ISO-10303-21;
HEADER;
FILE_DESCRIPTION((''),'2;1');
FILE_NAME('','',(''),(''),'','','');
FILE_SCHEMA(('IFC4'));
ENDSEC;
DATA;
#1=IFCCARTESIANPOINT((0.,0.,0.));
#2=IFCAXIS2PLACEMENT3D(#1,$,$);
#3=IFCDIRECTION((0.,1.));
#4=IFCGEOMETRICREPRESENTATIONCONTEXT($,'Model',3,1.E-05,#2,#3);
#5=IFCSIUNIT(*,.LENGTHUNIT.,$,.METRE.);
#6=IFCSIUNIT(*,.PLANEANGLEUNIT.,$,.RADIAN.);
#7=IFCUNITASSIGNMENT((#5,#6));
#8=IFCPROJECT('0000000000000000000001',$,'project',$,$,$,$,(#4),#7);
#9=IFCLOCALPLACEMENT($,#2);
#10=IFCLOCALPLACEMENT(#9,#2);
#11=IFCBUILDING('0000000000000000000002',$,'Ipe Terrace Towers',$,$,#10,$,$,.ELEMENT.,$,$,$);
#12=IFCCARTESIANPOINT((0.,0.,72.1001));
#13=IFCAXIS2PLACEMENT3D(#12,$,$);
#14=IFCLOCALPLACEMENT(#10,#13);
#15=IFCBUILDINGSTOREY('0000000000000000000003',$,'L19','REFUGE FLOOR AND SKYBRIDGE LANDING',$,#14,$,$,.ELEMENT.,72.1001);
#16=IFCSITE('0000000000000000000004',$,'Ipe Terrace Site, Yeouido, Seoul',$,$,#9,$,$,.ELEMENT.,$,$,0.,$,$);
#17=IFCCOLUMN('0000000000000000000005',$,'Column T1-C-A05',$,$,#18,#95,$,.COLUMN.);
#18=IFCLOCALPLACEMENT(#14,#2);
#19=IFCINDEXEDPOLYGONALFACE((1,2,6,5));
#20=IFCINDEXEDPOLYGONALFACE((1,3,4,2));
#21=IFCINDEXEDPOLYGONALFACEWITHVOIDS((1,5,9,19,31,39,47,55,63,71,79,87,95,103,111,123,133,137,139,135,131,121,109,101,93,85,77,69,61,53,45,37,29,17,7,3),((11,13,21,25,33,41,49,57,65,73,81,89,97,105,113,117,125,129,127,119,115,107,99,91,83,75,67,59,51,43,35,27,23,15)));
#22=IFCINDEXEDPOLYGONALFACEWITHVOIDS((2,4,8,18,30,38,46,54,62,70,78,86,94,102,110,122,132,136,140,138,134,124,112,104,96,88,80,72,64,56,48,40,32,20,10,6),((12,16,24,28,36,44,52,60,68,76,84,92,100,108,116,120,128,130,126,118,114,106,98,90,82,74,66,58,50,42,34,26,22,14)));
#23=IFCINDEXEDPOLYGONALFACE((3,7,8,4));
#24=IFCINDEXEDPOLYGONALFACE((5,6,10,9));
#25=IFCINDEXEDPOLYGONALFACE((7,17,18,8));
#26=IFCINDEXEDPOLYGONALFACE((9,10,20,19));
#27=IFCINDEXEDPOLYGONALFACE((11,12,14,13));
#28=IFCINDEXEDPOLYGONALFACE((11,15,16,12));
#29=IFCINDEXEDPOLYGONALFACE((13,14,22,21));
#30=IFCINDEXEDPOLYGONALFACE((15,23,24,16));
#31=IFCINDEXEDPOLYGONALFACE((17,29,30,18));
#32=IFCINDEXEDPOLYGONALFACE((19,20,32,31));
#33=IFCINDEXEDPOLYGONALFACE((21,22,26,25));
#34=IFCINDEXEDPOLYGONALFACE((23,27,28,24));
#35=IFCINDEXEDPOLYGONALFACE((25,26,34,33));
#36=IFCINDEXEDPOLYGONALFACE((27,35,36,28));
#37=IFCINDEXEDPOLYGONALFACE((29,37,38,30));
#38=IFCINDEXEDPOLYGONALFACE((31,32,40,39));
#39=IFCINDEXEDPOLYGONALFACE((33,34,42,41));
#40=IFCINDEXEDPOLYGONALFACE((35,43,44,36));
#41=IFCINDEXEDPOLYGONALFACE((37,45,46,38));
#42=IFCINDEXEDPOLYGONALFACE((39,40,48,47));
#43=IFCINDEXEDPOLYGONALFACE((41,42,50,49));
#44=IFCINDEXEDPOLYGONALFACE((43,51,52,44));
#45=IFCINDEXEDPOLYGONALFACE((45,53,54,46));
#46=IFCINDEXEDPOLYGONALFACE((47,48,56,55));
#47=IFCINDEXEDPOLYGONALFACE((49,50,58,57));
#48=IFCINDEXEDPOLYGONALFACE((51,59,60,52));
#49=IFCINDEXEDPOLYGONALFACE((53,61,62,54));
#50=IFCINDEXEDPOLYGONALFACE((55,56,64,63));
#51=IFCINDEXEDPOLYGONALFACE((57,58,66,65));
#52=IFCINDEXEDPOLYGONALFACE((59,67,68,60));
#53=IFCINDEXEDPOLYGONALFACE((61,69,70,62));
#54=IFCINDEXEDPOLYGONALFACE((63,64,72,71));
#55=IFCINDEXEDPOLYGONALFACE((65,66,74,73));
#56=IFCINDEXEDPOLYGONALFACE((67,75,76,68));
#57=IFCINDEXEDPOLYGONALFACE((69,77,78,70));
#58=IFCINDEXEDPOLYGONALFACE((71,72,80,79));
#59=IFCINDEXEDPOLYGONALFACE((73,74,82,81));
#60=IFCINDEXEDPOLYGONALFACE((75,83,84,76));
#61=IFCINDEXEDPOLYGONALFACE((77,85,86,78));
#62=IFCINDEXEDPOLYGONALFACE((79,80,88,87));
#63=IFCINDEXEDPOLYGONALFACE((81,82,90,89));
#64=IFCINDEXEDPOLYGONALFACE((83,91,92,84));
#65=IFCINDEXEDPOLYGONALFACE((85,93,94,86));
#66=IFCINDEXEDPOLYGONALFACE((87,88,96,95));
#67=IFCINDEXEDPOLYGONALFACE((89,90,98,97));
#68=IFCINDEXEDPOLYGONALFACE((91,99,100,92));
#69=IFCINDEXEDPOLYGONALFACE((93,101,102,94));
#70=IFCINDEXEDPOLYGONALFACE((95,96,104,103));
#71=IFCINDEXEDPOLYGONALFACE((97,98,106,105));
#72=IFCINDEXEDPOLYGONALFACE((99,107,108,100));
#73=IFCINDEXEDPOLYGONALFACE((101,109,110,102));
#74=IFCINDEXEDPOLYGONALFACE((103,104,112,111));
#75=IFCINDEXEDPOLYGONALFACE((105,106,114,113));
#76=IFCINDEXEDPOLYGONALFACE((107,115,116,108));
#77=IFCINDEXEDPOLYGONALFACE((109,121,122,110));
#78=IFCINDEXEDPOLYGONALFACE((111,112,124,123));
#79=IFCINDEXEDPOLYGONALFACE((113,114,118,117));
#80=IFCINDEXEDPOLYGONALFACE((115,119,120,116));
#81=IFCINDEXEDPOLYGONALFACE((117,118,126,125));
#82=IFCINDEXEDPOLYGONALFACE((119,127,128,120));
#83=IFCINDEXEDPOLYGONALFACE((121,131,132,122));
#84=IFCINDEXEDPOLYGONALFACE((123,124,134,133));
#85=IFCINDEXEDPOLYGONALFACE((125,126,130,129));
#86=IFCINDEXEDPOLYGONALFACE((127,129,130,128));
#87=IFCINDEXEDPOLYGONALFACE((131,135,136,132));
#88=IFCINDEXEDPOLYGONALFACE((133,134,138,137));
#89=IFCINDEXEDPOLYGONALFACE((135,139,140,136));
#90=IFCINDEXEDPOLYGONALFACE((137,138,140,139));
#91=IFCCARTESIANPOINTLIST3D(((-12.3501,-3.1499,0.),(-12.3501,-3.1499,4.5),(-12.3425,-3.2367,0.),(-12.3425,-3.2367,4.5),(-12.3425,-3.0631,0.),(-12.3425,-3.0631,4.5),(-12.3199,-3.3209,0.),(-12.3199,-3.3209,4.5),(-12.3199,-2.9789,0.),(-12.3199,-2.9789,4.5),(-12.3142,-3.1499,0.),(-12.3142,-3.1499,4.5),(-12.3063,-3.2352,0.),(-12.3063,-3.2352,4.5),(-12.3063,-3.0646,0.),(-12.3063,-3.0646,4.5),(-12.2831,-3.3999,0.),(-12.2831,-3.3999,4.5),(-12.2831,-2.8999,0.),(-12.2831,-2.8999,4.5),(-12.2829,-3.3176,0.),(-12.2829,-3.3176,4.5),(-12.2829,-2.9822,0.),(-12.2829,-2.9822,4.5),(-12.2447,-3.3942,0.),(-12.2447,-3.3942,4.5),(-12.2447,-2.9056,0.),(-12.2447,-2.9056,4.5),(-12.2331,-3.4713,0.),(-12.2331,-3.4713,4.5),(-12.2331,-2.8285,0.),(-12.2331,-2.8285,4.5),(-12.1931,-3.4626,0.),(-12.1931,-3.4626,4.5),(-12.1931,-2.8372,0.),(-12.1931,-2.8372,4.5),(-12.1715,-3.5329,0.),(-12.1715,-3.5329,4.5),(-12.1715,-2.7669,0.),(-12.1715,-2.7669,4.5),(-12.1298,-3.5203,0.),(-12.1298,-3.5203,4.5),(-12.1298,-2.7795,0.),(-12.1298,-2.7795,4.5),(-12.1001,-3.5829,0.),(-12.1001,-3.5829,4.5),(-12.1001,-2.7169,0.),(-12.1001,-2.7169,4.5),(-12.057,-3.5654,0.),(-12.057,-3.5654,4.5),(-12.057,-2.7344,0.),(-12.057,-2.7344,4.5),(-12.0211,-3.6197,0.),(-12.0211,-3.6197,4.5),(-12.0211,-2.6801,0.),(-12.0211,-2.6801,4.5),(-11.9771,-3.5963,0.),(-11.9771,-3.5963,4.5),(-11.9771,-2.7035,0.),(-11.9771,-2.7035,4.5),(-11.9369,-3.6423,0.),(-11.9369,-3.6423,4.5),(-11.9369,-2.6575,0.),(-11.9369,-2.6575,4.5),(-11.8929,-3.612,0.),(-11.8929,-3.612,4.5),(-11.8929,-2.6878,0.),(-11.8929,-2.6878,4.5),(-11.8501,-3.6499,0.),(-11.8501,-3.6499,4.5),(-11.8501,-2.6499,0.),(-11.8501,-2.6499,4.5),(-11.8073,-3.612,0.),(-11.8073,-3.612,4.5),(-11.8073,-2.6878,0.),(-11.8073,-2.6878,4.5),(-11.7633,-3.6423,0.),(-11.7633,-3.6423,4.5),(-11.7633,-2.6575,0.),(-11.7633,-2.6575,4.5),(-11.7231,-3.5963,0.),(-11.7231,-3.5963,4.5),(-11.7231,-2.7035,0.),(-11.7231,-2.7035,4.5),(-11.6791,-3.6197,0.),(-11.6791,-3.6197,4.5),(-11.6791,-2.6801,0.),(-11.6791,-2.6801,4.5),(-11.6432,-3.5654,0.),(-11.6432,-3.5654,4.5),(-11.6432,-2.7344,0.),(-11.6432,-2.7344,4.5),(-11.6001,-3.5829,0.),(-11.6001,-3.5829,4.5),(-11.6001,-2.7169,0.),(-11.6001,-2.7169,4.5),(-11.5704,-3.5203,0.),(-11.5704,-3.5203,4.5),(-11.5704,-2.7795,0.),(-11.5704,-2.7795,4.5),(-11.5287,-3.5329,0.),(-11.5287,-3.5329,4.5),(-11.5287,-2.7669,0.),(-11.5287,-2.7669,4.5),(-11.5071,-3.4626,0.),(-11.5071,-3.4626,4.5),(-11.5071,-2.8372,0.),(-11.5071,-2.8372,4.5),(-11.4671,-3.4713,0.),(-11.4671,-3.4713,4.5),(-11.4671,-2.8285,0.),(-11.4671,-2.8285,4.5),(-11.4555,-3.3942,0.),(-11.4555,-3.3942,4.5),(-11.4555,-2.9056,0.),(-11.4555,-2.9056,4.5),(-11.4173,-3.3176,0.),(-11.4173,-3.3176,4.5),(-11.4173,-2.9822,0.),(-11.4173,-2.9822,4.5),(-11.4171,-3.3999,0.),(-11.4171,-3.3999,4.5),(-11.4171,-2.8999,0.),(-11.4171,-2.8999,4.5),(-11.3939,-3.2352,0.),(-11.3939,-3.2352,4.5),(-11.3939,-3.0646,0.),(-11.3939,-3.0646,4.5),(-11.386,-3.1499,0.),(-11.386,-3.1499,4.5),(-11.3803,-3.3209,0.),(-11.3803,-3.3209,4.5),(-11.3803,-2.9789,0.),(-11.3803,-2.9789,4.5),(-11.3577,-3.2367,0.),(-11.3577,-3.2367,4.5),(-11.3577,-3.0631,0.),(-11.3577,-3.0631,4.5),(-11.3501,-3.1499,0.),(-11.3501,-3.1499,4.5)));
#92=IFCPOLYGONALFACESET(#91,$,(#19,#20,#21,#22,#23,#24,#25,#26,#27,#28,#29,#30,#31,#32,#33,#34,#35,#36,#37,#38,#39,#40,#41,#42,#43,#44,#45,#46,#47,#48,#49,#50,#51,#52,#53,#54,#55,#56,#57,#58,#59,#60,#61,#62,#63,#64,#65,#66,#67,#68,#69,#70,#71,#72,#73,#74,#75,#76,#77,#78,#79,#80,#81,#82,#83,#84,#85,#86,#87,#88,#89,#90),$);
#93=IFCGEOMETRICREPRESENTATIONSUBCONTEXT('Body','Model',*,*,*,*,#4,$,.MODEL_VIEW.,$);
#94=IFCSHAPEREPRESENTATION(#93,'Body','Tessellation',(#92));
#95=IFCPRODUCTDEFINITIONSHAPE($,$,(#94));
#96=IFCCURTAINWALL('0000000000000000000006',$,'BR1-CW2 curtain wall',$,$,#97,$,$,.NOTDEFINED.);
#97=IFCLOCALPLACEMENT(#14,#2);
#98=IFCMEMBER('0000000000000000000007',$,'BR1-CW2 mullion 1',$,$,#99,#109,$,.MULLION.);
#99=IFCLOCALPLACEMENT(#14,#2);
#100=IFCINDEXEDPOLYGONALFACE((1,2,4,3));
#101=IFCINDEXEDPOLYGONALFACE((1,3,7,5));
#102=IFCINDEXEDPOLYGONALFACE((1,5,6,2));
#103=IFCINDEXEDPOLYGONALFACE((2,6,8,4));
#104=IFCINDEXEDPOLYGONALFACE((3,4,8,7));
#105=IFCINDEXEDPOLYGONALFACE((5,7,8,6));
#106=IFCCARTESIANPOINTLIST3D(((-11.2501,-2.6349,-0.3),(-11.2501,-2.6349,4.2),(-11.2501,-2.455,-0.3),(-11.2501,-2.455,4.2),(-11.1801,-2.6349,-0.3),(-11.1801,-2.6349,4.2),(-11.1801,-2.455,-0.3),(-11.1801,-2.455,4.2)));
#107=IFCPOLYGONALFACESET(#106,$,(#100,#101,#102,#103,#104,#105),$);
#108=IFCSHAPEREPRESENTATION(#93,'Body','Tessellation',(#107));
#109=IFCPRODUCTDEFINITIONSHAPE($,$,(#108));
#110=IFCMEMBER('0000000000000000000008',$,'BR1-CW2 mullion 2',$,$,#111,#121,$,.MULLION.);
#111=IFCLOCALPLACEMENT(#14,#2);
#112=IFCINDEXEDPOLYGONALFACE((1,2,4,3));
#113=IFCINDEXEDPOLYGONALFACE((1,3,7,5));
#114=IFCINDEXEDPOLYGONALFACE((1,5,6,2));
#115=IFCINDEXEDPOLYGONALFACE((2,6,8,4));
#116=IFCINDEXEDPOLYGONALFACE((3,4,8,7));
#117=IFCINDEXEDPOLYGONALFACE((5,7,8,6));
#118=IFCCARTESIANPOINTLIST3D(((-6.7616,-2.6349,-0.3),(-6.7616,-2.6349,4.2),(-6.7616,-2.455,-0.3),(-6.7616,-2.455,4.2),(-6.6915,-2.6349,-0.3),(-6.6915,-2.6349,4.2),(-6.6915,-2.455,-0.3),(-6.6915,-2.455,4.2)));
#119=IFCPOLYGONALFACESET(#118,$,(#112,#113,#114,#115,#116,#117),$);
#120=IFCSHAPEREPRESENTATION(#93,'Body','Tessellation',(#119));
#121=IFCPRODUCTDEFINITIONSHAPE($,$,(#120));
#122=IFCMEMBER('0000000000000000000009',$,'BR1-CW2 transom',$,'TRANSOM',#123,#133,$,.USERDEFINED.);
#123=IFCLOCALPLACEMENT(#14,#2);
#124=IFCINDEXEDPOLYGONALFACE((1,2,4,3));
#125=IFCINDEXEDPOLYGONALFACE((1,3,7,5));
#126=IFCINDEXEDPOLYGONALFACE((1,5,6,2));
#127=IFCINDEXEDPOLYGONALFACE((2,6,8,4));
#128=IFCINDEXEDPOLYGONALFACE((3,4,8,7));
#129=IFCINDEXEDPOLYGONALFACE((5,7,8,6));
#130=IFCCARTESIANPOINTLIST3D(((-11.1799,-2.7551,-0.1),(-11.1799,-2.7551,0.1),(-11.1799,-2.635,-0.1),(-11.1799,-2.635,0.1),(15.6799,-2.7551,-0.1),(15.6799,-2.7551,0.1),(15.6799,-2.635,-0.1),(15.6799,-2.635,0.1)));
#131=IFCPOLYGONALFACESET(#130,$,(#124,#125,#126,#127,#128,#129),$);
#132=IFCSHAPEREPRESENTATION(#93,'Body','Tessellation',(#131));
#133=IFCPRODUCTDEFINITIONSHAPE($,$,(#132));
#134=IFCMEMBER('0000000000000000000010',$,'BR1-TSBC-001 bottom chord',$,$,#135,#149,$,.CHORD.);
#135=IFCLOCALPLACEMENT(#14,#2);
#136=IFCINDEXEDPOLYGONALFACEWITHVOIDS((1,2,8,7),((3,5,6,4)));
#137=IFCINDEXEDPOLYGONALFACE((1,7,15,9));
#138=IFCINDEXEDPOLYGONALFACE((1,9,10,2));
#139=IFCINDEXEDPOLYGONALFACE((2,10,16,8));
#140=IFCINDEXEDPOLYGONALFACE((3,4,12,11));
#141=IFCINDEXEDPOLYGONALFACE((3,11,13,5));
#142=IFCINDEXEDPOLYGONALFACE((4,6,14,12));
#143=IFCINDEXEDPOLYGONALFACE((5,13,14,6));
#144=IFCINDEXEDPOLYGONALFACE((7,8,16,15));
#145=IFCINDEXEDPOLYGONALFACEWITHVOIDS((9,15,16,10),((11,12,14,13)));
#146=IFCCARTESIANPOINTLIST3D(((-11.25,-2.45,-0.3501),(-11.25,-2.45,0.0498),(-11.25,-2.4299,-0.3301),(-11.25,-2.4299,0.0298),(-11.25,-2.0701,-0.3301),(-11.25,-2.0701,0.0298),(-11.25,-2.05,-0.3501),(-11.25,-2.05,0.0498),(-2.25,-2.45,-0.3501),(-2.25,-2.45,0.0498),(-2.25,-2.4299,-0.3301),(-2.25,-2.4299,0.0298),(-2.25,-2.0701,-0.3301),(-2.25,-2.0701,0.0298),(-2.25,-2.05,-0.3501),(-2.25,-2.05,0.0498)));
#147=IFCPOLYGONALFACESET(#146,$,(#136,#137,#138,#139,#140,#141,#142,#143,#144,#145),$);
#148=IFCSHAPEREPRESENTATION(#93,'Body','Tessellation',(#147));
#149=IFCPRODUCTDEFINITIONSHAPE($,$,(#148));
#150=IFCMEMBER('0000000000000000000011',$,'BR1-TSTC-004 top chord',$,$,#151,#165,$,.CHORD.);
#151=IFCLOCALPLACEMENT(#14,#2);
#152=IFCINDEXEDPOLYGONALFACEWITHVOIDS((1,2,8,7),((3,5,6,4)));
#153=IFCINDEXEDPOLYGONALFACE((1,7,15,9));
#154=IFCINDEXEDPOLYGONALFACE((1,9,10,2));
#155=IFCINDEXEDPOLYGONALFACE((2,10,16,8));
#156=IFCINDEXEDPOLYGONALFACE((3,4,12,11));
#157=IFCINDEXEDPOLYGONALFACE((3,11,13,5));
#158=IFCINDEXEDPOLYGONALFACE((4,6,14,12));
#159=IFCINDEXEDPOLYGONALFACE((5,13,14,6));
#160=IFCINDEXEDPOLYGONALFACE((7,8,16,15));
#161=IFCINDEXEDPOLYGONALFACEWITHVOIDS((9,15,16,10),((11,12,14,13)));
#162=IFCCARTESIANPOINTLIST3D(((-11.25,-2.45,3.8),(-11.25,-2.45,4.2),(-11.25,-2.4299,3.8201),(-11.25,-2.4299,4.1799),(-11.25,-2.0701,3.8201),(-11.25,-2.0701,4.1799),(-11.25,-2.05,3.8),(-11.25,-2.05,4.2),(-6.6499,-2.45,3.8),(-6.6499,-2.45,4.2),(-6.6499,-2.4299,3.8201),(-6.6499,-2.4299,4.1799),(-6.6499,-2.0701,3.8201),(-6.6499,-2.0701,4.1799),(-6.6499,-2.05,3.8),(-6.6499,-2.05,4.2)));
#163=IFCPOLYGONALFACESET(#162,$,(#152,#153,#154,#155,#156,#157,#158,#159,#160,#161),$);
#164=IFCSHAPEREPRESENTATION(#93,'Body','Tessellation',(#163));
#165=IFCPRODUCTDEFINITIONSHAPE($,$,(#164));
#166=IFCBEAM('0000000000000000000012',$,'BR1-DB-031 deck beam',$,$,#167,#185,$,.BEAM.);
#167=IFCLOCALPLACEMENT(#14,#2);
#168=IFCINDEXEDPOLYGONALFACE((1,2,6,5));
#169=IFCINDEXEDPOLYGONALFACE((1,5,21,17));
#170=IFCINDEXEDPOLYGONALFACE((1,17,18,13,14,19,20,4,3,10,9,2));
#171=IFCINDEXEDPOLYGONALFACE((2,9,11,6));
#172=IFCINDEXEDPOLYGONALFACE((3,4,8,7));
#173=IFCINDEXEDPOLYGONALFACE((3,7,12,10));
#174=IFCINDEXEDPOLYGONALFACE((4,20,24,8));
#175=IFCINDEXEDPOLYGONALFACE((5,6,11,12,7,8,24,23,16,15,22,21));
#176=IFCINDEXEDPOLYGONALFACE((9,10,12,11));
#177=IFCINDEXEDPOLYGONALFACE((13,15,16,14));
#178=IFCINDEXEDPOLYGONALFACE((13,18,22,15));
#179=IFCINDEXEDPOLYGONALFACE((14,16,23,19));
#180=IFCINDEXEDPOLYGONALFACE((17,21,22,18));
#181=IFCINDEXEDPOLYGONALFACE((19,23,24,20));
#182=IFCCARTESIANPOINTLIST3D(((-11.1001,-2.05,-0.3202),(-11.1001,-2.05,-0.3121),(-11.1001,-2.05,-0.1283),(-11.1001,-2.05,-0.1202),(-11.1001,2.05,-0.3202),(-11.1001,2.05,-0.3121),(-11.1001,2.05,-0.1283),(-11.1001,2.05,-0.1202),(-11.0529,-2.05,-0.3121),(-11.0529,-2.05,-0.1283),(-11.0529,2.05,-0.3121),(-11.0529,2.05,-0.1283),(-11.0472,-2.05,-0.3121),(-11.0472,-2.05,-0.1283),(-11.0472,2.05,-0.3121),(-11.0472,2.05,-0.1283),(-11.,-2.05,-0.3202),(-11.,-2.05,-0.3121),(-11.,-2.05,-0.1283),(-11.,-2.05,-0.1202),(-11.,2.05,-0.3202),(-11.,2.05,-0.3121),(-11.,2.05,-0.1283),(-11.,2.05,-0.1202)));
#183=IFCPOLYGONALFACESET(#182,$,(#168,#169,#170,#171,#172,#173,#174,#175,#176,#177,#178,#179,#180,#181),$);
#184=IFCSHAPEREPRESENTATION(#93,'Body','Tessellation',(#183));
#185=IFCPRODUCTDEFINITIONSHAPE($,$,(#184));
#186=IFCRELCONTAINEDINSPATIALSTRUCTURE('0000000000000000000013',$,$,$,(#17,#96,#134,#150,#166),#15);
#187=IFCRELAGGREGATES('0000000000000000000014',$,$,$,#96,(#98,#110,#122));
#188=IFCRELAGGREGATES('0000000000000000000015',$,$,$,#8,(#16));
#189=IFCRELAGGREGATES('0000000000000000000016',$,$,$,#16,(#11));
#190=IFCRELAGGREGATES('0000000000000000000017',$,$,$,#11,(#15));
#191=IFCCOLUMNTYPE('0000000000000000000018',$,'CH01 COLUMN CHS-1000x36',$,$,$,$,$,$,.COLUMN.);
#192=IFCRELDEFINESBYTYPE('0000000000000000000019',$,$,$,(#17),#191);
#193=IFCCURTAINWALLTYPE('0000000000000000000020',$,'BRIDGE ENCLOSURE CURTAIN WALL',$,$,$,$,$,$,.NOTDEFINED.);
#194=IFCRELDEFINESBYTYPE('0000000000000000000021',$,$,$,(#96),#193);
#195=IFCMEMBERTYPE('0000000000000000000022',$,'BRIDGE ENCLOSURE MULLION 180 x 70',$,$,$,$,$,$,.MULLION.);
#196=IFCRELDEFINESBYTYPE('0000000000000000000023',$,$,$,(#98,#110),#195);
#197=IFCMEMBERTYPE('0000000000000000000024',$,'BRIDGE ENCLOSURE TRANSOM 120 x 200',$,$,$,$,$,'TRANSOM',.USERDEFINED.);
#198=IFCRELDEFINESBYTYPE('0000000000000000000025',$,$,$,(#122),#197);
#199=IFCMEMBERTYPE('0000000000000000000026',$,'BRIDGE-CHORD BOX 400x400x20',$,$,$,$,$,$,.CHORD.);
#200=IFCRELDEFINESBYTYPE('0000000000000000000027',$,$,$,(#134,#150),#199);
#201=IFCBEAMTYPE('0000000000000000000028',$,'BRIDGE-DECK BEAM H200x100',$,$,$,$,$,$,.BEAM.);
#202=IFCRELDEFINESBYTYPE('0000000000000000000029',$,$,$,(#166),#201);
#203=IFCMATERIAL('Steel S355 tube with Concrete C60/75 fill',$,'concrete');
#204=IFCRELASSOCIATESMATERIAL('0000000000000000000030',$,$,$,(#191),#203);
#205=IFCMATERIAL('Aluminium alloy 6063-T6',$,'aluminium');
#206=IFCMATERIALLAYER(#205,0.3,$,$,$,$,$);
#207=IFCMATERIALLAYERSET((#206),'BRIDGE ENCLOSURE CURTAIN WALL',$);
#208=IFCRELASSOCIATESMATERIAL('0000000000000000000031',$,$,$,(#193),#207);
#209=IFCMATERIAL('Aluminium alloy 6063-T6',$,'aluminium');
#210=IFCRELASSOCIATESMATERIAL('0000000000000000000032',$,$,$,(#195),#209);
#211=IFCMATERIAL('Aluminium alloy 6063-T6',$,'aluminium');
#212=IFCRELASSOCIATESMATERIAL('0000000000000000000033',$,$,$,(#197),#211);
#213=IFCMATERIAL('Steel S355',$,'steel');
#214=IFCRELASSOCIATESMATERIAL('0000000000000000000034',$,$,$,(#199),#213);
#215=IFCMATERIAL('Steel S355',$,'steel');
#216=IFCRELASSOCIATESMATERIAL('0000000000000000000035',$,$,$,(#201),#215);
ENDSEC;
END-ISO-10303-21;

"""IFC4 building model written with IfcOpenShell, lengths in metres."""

from ifc_helpers import new_model, si_unit, direction, frame, origin, origin_2d, place, context, subcontext, project, spatial, rectangle, hollow_rectangle, hollow_circle, i_section, extrude, material, layer, layer_set, material_profile, profile_set, type_object, element, aggregate, save


model = new_model("IFC4")

# Units and contexts
model_context = context("Model", 3, precision=1e-05, world=origin(), true_north=direction((0.0, 1.0)))
body_context = subcontext(model_context, "Body", "Model", "MODEL_VIEW")
ifc_project = project(units=[si_unit("LENGTHUNIT", "METRE"), si_unit("PLANEANGLEUNIT", "RADIAN")], contexts=[model_context])

# Site, building, storey
site_placement = place(None, origin())
site = spatial("IfcSite", under=ifc_project, at=site_placement, Name="Ipe Terrace Site, Yeouido, Seoul", CompositionType="ELEMENT", RefElevation=0.0)
building_placement = place(site_placement, origin())
building = spatial("IfcBuilding", under=site, at=building_placement, Name="Ipe Terrace Towers", CompositionType="ELEMENT")
storey_placement = place(building_placement, frame((0.0, 0.0, 72.1001)))
storey = spatial("IfcBuildingStorey", under=building, at=storey_placement, Name="L19", Description="REFUGE FLOOR AND SKYBRIDGE LANDING", CompositionType="ELEMENT", Elevation=72.1001)

# Column
ifc_material_1 = material(Name="Steel S355 tube with Concrete C60/75 fill", Category="concrete")
ifc_material_profile_1 = material_profile(ifc_material_1, hollow_circle(Radius=0.5, WallThickness=0.0359, at=origin_2d()), Name="CHS-1000x36")
ifc_profile_set_1 = profile_set([ifc_material_profile_1], Name="Steel S355 tube with Concrete C60/75 fill")
column_type = type_object("IfcColumnType", Name="CH01 COLUMN CHS-1000x36", PredefinedType="COLUMN", material=ifc_profile_set_1)
column_placement = place(storey_placement, frame((-11.8501, -3.1499, 0.0), z_axis=(0.0, 0.0, 1.0), x_axis=(1.0, 0.0, 0.0)))
element("IfcColumn", 1, at=column_placement, inside=storey, type_object=column_type, Name="Column T1-C-A05", PredefinedType="COLUMN", context=body_context, shape_type="SweptSolid", body=[
    extrude(hollow_circle(Radius=0.5, WallThickness=0.0359, at=origin_2d()), origin(), (0.0, 0.0, 1.0), 4.5),
])

# Curtain wall, members
ifc_material_2 = material(Name="Aluminium alloy 6063-T6", Category="aluminium")
ifc_layer_1 = layer(ifc_material_2, 0.3)
ifc_layer_set_1 = layer_set([ifc_layer_1], Name="BRIDGE ENCLOSURE CURTAIN WALL")
curtain_wall_type_1 = type_object("IfcCurtainWallType", Name="BRIDGE ENCLOSURE CURTAIN WALL", PredefinedType="NOTDEFINED", material=ifc_layer_set_1)
curtain_wall_1_placement = place(storey_placement, origin())
curtain_wall_1 = element("IfcCurtainWall", 2, at=curtain_wall_1_placement, inside=storey, type_object=curtain_wall_type_1, Name="BR1-CW2 curtain wall", PredefinedType="NOTDEFINED")
ifc_material_3 = material(Name="Aluminium alloy 6063-T6", Category="aluminium")
ifc_material_profile_2 = material_profile(ifc_material_3, rectangle(XDim=0.1799, YDim=0.0701, at=origin_2d()), Name="BRIDGE ENCLOSURE MULLION 180 x 70")
ifc_profile_set_2 = profile_set([ifc_material_profile_2], Name="Aluminium alloy 6063-T6")
member_type_1 = type_object("IfcMemberType", Name="BRIDGE ENCLOSURE MULLION 180 x 70", PredefinedType="MULLION", material=ifc_profile_set_2)
member_1_placement = place(storey_placement, frame((-11.2151, -2.5449, -0.3), z_axis=(0.0, 0.0, 1.0), x_axis=(0.0, -1.0, 0.0)))
member_1 = element("IfcMember", 3, at=member_1_placement, type_object=member_type_1, Name="BR1-CW2 mullion 1", PredefinedType="MULLION", context=body_context, shape_type="SweptSolid", body=[
    extrude(rectangle(XDim=0.1799, YDim=0.0701, at=origin_2d()), origin(), (0.0, 0.0, 1.0), 4.5),
])
member_2_placement = place(storey_placement, frame((-6.7266, -2.5449, -0.3), z_axis=(0.0, 0.0, 1.0), x_axis=(0.0, -1.0, 0.0)))
member_2 = element("IfcMember", 4, at=member_2_placement, type_object=member_type_1, Name="BR1-CW2 mullion 2", PredefinedType="MULLION", context=body_context, shape_type="SweptSolid", body=[
    extrude(rectangle(XDim=0.1799, YDim=0.0701, at=origin_2d()), origin(), (0.0, 0.0, 1.0), 4.5),
])
ifc_material_4 = material(Name="Aluminium alloy 6063-T6", Category="aluminium")
ifc_material_profile_3 = material_profile(ifc_material_4, rectangle(XDim=0.1201, YDim=0.2, at=origin_2d()), Name="BRIDGE ENCLOSURE TRANSOM 120 x 200")
ifc_profile_set_3 = profile_set([ifc_material_profile_3], Name="Aluminium alloy 6063-T6")
member_type_2 = type_object("IfcMemberType", Name="BRIDGE ENCLOSURE TRANSOM 120 x 200", ElementType="TRANSOM", PredefinedType="USERDEFINED", material=ifc_profile_set_3)
member_3_placement = place(storey_placement, frame((-11.1799, -2.6951, 0.0), z_axis=(1.0, 0.0, 0.0), x_axis=(0.0, -1.0, 0.0)))
member_3 = element("IfcMember", 5, at=member_3_placement, type_object=member_type_2, Name="BR1-CW2 transom", ObjectType="TRANSOM", PredefinedType="USERDEFINED", context=body_context, shape_type="SweptSolid", body=[
    extrude(rectangle(XDim=0.1201, YDim=0.2, at=origin_2d()), origin(), (0.0, 0.0, 1.0), 26.8599),
])

# Members
ifc_material_5 = material(Name="Steel S355", Category="steel")
ifc_material_profile_4 = material_profile(ifc_material_5, hollow_rectangle(XDim=0.3999, YDim=0.3999, WallThickness=0.02, at=origin_2d()), Name="BRIDGE-CHORD BOX 400x400x20")
ifc_profile_set_4 = profile_set([ifc_material_profile_4], Name="Steel S355")
member_type_3 = type_object("IfcMemberType", Name="BRIDGE-CHORD BOX 400x400x20", PredefinedType="CHORD", material=ifc_profile_set_4)
member_4_placement = place(storey_placement, frame((-11.25, -2.25, -0.1501), z_axis=(1.0, 0.0, 0.0), x_axis=(0.0, 1.0, 0.0)))
element("IfcMember", 6, at=member_4_placement, inside=storey, type_object=member_type_3, Name="BR1-TSBC-001 bottom chord", PredefinedType="CHORD", context=body_context, shape_type="SweptSolid", body=[
    extrude(hollow_rectangle(XDim=0.3999, YDim=0.3999, WallThickness=0.02, at=origin_2d()), origin(), (0.0, 0.0, 1.0), 9.0),
])
member_5_placement = place(storey_placement, frame((-11.25, -2.25, 4.0), z_axis=(1.0, 0.0, 0.0), x_axis=(0.0, 1.0, 0.0)))
element("IfcMember", 7, at=member_5_placement, inside=storey, type_object=member_type_3, Name="BR1-TSTC-004 top chord", PredefinedType="CHORD", context=body_context, shape_type="SweptSolid", body=[
    extrude(hollow_rectangle(XDim=0.3999, YDim=0.3999, WallThickness=0.02, at=origin_2d()), origin(), (0.0, 0.0, 1.0), 4.6001),
])

# Beam
ifc_material_6 = material(Name="Steel S355", Category="steel")
ifc_material_profile_5 = material_profile(ifc_material_6, i_section(OverallWidth=0.1001, OverallDepth=0.2, WebThickness=0.0056, FlangeThickness=0.0081, at=origin_2d()), Name="H200x100")
ifc_profile_set_5 = profile_set([ifc_material_profile_5], Name="Steel S355")
beam_type_1 = type_object("IfcBeamType", Name="BRIDGE-DECK BEAM H200x100", PredefinedType="BEAM", material=ifc_profile_set_5)
for number, where, z_axis, x_axis, name in (
    (8, (-11.05, -2.05, -0.2202), (0.0, 1.0, 0.0), (-1.0, 0.0, 0.0), "BR1-DB-031 deck beam"),
):
    element("IfcBeam", number, at=place(storey_placement, frame(where, z_axis=z_axis, x_axis=x_axis)), inside=storey, type_object=beam_type_1, Name=name, PredefinedType="BEAM", context=body_context, shape_type="SweptSolid", body=[
        extrude(i_section(OverallWidth=0.1001, OverallDepth=0.2, WebThickness=0.0056, FlangeThickness=0.0081, at=origin_2d()), origin(), (0.0, 0.0, 1.0), 4.1001),
    ])

aggregate(curtain_wall_1, [member_1, member_2, member_3])

save(model, "model.ifc")
